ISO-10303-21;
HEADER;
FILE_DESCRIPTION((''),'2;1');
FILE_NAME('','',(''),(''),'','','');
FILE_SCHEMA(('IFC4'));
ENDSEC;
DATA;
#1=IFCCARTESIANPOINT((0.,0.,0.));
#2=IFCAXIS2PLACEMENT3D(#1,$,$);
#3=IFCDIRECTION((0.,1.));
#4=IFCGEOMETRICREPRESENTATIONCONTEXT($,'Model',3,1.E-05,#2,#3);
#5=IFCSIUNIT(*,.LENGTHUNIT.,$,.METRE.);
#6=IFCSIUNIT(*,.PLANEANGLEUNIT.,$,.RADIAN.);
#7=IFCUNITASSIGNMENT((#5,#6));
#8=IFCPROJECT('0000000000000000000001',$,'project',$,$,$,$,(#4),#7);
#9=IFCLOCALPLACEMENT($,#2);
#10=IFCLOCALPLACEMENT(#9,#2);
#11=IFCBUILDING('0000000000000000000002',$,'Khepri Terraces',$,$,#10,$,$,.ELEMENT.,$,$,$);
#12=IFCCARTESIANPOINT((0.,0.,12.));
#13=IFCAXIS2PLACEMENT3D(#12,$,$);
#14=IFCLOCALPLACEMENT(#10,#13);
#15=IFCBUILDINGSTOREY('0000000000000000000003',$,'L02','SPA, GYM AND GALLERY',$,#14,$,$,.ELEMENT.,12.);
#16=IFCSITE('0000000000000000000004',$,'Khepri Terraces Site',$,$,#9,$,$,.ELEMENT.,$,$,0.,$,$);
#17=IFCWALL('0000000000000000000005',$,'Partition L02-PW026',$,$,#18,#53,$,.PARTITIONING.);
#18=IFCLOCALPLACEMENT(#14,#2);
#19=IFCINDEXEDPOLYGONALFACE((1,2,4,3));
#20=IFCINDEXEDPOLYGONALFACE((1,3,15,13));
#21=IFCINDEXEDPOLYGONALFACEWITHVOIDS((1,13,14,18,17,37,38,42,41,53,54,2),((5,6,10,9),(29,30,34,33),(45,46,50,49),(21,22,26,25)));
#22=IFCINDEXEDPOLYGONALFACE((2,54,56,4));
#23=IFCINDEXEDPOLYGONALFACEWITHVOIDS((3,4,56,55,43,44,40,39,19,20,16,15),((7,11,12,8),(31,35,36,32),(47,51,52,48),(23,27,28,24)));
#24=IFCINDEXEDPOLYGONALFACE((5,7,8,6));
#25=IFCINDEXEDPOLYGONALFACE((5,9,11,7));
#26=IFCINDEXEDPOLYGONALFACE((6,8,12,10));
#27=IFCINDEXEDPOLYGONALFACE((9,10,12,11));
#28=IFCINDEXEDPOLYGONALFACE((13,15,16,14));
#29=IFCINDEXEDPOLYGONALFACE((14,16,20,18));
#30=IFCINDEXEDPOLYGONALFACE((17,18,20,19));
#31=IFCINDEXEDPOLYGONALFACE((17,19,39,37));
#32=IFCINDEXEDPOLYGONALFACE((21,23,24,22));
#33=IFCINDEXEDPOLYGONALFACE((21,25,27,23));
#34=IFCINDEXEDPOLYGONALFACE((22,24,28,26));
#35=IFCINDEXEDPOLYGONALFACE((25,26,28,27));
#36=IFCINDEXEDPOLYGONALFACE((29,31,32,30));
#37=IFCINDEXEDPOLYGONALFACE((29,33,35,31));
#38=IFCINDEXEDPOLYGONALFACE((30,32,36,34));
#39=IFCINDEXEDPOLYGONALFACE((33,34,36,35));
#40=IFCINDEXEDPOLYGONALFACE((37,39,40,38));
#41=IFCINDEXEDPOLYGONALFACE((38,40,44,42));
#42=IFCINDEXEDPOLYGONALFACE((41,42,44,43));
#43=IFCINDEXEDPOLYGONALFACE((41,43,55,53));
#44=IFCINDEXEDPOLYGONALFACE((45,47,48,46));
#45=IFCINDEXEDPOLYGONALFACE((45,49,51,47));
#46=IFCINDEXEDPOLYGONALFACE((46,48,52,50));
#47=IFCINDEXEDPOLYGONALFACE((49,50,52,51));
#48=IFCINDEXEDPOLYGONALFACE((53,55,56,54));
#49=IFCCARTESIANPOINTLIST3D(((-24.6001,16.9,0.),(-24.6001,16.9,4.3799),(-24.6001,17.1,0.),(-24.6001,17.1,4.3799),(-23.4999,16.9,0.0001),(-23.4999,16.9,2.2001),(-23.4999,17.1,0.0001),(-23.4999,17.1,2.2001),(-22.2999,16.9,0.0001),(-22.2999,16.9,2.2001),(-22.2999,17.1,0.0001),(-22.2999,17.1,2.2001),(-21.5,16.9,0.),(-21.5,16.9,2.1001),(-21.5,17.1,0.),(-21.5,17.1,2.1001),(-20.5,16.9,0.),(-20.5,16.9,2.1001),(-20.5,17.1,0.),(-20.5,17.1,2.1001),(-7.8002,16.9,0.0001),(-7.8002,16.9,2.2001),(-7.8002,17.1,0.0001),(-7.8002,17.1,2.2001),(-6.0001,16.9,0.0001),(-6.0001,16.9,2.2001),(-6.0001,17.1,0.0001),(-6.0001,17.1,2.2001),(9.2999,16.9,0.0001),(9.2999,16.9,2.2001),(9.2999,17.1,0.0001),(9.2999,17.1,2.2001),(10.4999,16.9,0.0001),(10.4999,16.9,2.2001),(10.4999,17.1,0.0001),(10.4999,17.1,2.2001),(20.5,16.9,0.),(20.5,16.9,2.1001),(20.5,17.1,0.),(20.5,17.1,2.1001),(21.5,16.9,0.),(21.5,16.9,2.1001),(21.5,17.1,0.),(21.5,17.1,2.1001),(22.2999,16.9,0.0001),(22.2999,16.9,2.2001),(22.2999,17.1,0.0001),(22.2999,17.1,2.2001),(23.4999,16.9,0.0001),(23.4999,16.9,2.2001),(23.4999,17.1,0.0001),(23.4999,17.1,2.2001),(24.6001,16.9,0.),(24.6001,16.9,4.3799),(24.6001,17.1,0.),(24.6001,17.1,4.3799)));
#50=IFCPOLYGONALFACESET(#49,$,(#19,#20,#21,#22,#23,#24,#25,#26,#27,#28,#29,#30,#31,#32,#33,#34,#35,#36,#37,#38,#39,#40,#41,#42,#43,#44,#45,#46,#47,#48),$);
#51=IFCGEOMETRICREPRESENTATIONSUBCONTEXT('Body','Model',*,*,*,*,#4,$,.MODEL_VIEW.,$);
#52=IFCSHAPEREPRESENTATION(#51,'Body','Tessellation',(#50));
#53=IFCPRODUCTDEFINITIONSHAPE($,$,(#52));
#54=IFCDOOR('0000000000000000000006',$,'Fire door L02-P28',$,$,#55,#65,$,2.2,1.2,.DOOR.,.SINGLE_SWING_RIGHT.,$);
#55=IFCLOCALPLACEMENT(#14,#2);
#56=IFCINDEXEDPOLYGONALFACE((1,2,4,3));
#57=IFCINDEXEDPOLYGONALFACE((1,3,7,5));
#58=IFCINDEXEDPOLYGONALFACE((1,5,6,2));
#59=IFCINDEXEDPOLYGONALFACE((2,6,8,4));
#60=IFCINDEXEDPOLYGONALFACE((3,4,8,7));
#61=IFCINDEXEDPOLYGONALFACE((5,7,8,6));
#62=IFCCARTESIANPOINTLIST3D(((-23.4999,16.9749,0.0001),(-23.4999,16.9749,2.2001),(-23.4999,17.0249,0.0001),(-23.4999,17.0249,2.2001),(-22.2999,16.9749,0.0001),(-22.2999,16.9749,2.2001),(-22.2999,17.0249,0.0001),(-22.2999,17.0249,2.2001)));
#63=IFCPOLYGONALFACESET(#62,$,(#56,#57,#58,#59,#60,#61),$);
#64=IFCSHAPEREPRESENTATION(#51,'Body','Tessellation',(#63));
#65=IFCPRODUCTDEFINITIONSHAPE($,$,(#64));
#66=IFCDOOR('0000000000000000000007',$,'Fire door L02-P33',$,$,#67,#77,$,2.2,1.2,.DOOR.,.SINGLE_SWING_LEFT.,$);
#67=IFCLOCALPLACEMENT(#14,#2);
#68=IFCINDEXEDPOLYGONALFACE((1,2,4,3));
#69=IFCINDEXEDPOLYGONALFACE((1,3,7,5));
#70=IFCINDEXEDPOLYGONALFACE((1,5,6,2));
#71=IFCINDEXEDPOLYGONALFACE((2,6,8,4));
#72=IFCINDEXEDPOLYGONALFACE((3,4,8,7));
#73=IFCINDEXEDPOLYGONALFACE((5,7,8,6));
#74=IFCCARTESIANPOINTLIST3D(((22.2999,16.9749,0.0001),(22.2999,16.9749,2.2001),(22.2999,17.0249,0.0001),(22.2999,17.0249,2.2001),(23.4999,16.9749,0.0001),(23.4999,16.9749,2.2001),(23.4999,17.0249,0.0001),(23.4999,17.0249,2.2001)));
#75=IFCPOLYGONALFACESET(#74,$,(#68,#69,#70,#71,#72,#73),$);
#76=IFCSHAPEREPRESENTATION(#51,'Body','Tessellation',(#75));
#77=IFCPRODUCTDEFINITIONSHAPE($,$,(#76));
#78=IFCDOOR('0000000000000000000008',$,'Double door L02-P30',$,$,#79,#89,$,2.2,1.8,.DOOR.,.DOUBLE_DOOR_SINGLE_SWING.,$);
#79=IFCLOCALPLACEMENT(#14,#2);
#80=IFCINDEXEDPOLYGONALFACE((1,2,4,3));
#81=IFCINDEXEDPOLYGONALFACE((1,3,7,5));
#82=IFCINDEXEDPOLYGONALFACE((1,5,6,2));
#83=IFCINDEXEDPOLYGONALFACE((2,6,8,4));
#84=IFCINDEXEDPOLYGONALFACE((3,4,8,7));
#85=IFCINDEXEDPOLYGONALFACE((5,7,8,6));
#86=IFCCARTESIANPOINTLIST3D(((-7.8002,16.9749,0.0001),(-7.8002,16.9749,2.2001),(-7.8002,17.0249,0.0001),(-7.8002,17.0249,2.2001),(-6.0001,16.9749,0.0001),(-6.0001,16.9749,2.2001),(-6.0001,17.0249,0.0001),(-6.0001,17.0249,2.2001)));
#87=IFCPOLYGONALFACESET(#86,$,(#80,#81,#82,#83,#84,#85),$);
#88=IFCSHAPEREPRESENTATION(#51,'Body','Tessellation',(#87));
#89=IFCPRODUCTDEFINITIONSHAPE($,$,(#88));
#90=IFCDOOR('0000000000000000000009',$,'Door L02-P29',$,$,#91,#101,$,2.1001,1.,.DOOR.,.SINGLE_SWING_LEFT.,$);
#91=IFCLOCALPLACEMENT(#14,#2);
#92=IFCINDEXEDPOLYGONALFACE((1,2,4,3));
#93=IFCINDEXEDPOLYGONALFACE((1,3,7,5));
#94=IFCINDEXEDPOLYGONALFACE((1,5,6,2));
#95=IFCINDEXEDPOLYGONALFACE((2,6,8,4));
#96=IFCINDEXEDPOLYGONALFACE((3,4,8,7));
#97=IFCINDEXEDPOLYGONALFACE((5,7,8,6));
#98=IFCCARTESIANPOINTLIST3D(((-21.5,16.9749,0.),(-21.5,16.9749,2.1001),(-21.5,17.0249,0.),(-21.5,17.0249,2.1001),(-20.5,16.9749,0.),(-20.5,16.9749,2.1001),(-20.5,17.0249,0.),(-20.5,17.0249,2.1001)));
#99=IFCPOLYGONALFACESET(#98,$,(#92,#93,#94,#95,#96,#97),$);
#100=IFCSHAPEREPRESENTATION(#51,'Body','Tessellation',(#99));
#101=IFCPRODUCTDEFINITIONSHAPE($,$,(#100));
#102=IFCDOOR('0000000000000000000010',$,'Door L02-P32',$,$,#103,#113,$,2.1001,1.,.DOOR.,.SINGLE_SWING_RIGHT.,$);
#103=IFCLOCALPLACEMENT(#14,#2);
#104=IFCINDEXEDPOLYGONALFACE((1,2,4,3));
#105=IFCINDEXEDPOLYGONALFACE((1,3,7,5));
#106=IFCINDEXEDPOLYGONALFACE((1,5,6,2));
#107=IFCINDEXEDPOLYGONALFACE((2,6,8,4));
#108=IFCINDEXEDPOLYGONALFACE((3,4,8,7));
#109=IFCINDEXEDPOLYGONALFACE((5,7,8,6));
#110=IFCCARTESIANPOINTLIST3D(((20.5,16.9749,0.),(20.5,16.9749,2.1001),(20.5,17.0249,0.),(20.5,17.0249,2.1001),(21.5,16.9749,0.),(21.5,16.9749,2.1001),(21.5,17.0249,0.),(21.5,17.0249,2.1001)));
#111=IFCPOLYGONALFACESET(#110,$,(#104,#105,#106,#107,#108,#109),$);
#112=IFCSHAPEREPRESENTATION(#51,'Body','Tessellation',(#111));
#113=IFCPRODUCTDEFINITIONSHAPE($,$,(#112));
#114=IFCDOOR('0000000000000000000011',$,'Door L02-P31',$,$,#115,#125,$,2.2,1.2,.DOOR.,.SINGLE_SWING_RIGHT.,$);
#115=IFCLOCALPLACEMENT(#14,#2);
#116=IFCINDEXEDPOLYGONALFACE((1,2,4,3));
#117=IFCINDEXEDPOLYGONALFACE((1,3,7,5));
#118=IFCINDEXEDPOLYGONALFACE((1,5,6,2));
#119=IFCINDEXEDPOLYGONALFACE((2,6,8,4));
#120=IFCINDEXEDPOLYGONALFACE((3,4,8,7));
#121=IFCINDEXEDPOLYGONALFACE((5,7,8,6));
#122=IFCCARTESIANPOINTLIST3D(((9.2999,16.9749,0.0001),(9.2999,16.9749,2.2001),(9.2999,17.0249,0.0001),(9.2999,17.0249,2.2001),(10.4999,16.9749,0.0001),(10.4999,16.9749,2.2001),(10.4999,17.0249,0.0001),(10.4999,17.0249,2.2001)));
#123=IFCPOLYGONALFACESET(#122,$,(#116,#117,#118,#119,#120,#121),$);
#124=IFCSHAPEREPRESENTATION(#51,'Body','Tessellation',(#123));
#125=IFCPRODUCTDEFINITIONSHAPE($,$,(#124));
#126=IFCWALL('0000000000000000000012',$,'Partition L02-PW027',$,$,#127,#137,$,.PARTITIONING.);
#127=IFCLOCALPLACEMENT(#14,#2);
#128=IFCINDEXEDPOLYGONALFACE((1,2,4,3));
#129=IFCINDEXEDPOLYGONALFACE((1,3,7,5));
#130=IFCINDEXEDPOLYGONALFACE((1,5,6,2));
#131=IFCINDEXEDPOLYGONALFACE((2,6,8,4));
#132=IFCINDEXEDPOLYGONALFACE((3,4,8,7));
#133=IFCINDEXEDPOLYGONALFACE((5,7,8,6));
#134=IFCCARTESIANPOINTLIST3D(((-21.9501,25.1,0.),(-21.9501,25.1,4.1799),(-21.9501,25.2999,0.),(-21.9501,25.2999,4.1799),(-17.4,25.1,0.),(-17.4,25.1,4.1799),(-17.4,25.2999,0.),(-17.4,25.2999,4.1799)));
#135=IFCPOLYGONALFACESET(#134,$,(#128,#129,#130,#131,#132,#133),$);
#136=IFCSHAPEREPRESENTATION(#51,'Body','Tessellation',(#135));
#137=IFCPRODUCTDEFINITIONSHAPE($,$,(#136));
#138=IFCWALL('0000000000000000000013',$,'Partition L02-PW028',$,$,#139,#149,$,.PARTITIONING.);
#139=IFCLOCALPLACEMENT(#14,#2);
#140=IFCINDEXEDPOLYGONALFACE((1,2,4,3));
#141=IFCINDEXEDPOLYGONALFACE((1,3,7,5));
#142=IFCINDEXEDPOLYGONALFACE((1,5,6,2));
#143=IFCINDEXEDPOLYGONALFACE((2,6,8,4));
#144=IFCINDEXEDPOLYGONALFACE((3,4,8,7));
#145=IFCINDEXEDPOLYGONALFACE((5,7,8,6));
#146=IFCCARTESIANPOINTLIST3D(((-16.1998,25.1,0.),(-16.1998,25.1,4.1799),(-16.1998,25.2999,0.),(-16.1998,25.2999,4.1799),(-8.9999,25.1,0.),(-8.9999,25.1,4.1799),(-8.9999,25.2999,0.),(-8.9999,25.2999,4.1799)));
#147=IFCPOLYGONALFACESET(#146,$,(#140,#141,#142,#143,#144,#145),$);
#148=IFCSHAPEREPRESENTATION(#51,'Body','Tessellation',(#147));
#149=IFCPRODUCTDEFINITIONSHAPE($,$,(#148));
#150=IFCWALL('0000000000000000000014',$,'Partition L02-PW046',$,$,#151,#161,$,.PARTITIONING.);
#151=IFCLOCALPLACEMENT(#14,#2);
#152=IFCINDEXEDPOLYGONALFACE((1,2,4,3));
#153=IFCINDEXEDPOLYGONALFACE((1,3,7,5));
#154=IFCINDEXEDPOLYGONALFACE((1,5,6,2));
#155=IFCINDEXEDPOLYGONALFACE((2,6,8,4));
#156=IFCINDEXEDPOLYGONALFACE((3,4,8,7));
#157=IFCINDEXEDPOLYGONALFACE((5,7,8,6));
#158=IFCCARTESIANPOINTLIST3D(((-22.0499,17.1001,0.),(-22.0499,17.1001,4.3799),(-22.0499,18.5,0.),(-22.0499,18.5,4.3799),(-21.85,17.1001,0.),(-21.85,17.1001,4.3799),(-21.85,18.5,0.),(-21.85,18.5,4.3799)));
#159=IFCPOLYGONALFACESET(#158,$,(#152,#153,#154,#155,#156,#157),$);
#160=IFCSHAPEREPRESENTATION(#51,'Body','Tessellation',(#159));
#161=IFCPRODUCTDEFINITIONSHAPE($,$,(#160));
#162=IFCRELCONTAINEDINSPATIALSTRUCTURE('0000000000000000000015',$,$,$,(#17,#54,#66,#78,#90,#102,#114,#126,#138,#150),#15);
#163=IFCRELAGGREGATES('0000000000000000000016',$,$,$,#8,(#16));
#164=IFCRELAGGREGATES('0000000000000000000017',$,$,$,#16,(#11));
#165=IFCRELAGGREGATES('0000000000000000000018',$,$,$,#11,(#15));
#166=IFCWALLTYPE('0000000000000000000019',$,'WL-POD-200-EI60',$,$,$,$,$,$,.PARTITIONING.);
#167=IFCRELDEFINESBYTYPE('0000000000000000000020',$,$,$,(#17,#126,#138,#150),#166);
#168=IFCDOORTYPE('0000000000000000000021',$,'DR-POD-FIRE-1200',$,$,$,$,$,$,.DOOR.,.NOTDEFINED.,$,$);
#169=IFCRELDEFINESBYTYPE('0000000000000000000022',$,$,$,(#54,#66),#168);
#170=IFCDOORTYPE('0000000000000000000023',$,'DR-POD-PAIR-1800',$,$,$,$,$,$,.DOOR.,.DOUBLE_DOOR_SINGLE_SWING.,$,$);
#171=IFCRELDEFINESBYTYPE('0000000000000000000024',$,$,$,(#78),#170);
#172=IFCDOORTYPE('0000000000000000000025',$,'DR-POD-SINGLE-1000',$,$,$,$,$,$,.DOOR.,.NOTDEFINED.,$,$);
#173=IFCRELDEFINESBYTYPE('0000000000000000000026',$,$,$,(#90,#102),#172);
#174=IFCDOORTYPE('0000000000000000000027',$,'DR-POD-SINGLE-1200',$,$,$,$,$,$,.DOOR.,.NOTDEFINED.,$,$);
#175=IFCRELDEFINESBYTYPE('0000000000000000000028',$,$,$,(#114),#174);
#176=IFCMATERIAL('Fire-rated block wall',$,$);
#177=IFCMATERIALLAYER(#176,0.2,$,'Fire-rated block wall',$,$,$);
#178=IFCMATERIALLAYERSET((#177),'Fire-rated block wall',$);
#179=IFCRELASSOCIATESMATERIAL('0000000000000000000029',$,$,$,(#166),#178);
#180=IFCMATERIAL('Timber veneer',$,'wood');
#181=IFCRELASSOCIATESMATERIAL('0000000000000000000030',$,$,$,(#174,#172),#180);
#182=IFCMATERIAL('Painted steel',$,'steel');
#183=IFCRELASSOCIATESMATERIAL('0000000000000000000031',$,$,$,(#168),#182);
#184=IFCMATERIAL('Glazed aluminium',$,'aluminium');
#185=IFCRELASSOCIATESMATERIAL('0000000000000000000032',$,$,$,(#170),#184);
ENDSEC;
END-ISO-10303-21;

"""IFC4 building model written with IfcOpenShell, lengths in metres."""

from ifc_helpers import new_model, si_unit, direction, frame, frame_2d, origin, place, context, subcontext, project, spatial, rectangle, extrude, material, layer, layer_set, type_object, element, fill, save


model = new_model("IFC4")

# Units and contexts
model_context = context("Model", 3, precision=1e-05, world=origin(), true_north=direction((0.0, 1.0)))
body_context = subcontext(model_context, "Body", "Model", "MODEL_VIEW")
ifc_project = project(units=[si_unit("LENGTHUNIT", "METRE"), si_unit("PLANEANGLEUNIT", "RADIAN")], contexts=[model_context])

# Site, building, storey
site_placement = place(None, origin())
site = spatial("IfcSite", under=ifc_project, at=site_placement, Name="Khepri Terraces Site", CompositionType="ELEMENT", RefElevation=0.0)
building_placement = place(site_placement, origin())
building = spatial("IfcBuilding", under=site, at=building_placement, Name="Khepri Terraces", CompositionType="ELEMENT")
storey_placement = place(building_placement, frame((0.0, 0.0, 12.0)))
storey = spatial("IfcBuildingStorey", under=building, at=storey_placement, Name="L02", Description="SPA, GYM AND GALLERY", CompositionType="ELEMENT", Elevation=12.0)

# Shared definitions
ifc_material_1 = material(Name="Fire-rated block wall")
ifc_layer_1 = layer(ifc_material_1, 0.2, Name="Fire-rated block wall")
ifc_layer_set_1 = layer_set([ifc_layer_1], Name="Fire-rated block wall")
wall_type_1 = type_object("IfcWallType", Name="WL-POD-200-EI60", PredefinedType="PARTITIONING", material=ifc_layer_set_1)
ifc_material_2 = material(Name="Timber veneer", Category="wood")
door_type_1 = type_object("IfcDoorType", Name="DR-POD-SINGLE-1200", OperationType="NOTDEFINED", PredefinedType="DOOR", material=ifc_material_2)

# Wall, openings, doors
wall_1_placement = place(storey_placement, frame((-24.6001, 17.0, 0.0), z_axis=(0.0, 0.0, 1.0), x_axis=(1.0, 0.0, 0.0)))
wall_1 = element("IfcWall", 1, at=wall_1_placement, inside=storey, type_object=wall_type_1, Name="Partition L02-PW026", PredefinedType="PARTITIONING", context=body_context, shape_type="SweptSolid", body=[
    extrude(rectangle(XDim=49.2002, YDim=0.2, at=frame_2d((24.6001, 0.0))), origin(), (0.0, 0.0, 1.0), 4.3799),
])
opening_1_placement = place(wall_1_placement, frame((1.1001, 0.0, 0.0)))
opening_1 = element("IfcOpeningElement", 2, at=opening_1_placement, cuts=wall_1, PredefinedType="OPENING", context=body_context, shape_type="SweptSolid", body=[
    extrude(rectangle(XDim=1.2, YDim=2.2, at=frame_2d((0.6001, 1.1001))), frame((0.0, 0.1099, 0.0), z_axis=(0.0, -1.0, 0.0), x_axis=(1.0, 0.0, 0.0)), (0.0, 0.0, 1.0), 0.22),
])
opening_2_placement = place(wall_1_placement, frame((3.1001, 0.0, 0.0)))
opening_2 = element("IfcOpeningElement", 3, at=opening_2_placement, cuts=wall_1, PredefinedType="OPENING", context=body_context, shape_type="SweptSolid", body=[
    extrude(rectangle(XDim=1.0, YDim=2.1001, at=frame_2d((0.5, 1.05))), frame((0.0, 0.1099, 0.0), z_axis=(0.0, -1.0, 0.0), x_axis=(1.0, 0.0, 0.0)), (0.0, 0.0, 1.0), 0.22),
])
opening_3_placement = place(wall_1_placement, frame((16.8, 0.0, 0.0)))
opening_3 = element("IfcOpeningElement", 4, at=opening_3_placement, cuts=wall_1, PredefinedType="OPENING", context=body_context, shape_type="SweptSolid", body=[
    extrude(rectangle(XDim=1.8, YDim=2.2, at=frame_2d((0.8999, 1.1001))), frame((0.0, 0.1099, 0.0), z_axis=(0.0, -1.0, 0.0), x_axis=(1.0, 0.0, 0.0)), (0.0, 0.0, 1.0), 0.22),
])
opening_4_placement = place(wall_1_placement, frame((33.8999, 0.0, 0.0)))
opening_4 = element("IfcOpeningElement", 5, at=opening_4_placement, cuts=wall_1, PredefinedType="OPENING", context=body_context, shape_type="SweptSolid", body=[
    extrude(rectangle(XDim=1.2, YDim=2.2, at=frame_2d((0.6001, 1.1001))), frame((0.0, 0.1099, 0.0), z_axis=(0.0, -1.0, 0.0), x_axis=(1.0, 0.0, 0.0)), (0.0, 0.0, 1.0), 0.22),
])
opening_5_placement = place(wall_1_placement, frame((45.1001, 0.0, 0.0)))
opening_5 = element("IfcOpeningElement", 6, at=opening_5_placement, cuts=wall_1, PredefinedType="OPENING", context=body_context, shape_type="SweptSolid", body=[
    extrude(rectangle(XDim=1.0, YDim=2.1001, at=frame_2d((0.5, 1.05))), frame((0.0, 0.1099, 0.0), z_axis=(0.0, -1.0, 0.0), x_axis=(1.0, 0.0, 0.0)), (0.0, 0.0, 1.0), 0.22),
])
opening_6_placement = place(wall_1_placement, frame((46.8999, 0.0, 0.0)))
opening_6 = element("IfcOpeningElement", 7, at=opening_6_placement, cuts=wall_1, PredefinedType="OPENING", context=body_context, shape_type="SweptSolid", body=[
    extrude(rectangle(XDim=1.2, YDim=2.2, at=frame_2d((0.6001, 1.1001))), frame((0.0, 0.1099, 0.0), z_axis=(0.0, -1.0, 0.0), x_axis=(1.0, 0.0, 0.0)), (0.0, 0.0, 1.0), 0.22),
])
ifc_material_3 = material(Name="Painted steel", Category="steel")
door_type_2 = type_object("IfcDoorType", Name="DR-POD-FIRE-1200", OperationType="NOTDEFINED", PredefinedType="DOOR", material=ifc_material_3)
door_1_placement = place(opening_1_placement, origin())
door_1 = element("IfcDoor", 8, at=door_1_placement, inside=storey, type_object=door_type_2, Name="Fire door L02-P28", OperationType="SINGLE_SWING_RIGHT", OverallHeight=2.2, OverallWidth=1.2, PredefinedType="DOOR", context=body_context, shape_type="SweptSolid", body=[
    extrude(rectangle(XDim=1.2, YDim=2.2, at=frame_2d((0.6001, 1.1001))), frame((0.0, 0.0249, 0.0), z_axis=(0.0, -1.0, 0.0), x_axis=(1.0, 0.0, 0.0)), (0.0, 0.0, 1.0), 0.05),
])
fill(opening_1, door_1)
door_2_placement = place(opening_6_placement, origin())
door_2 = element("IfcDoor", 9, at=door_2_placement, inside=storey, type_object=door_type_2, Name="Fire door L02-P33", OperationType="SINGLE_SWING_LEFT", OverallHeight=2.2, OverallWidth=1.2, PredefinedType="DOOR", context=body_context, shape_type="SweptSolid", body=[
    extrude(rectangle(XDim=1.2, YDim=2.2, at=frame_2d((0.6001, 1.1001))), frame((0.0, 0.0249, 0.0), z_axis=(0.0, -1.0, 0.0), x_axis=(1.0, 0.0, 0.0)), (0.0, 0.0, 1.0), 0.05),
])
fill(opening_6, door_2)
ifc_material_4 = material(Name="Glazed aluminium", Category="aluminium")
door_type_3 = type_object("IfcDoorType", Name="DR-POD-PAIR-1800", OperationType="DOUBLE_DOOR_SINGLE_SWING", PredefinedType="DOOR", material=ifc_material_4)
door_3_placement = place(opening_3_placement, origin())
door_3 = element("IfcDoor", 10, at=door_3_placement, inside=storey, type_object=door_type_3, Name="Double door L02-P30", OperationType="DOUBLE_DOOR_SINGLE_SWING", OverallHeight=2.2, OverallWidth=1.8, PredefinedType="DOOR", context=body_context, shape_type="SweptSolid", body=[
    extrude(rectangle(XDim=1.8, YDim=2.2, at=frame_2d((0.8999, 1.1001))), frame((0.0, 0.0249, 0.0), z_axis=(0.0, -1.0, 0.0), x_axis=(1.0, 0.0, 0.0)), (0.0, 0.0, 1.0), 0.05),
])
fill(opening_3, door_3)
door_type_4 = type_object("IfcDoorType", Name="DR-POD-SINGLE-1000", OperationType="NOTDEFINED", PredefinedType="DOOR", material=ifc_material_2)
door_4_placement = place(opening_2_placement, origin())
door_4 = element("IfcDoor", 11, at=door_4_placement, inside=storey, type_object=door_type_4, Name="Door L02-P29", OperationType="SINGLE_SWING_LEFT", OverallHeight=2.1001, OverallWidth=1.0, PredefinedType="DOOR", context=body_context, shape_type="SweptSolid", body=[
    extrude(rectangle(XDim=1.0, YDim=2.1001, at=frame_2d((0.5, 1.05))), frame((0.0, 0.0249, 0.0), z_axis=(0.0, -1.0, 0.0), x_axis=(1.0, 0.0, 0.0)), (0.0, 0.0, 1.0), 0.05),
])
fill(opening_2, door_4)
door_5_placement = place(opening_5_placement, origin())
door_5 = element("IfcDoor", 12, at=door_5_placement, inside=storey, type_object=door_type_4, Name="Door L02-P32", OperationType="SINGLE_SWING_RIGHT", OverallHeight=2.1001, OverallWidth=1.0, PredefinedType="DOOR", context=body_context, shape_type="SweptSolid", body=[
    extrude(rectangle(XDim=1.0, YDim=2.1001, at=frame_2d((0.5, 1.05))), frame((0.0, 0.0249, 0.0), z_axis=(0.0, -1.0, 0.0), x_axis=(1.0, 0.0, 0.0)), (0.0, 0.0, 1.0), 0.05),
])
fill(opening_5, door_5)
door_6_placement = place(opening_4_placement, origin())
door_6 = element("IfcDoor", 13, at=door_6_placement, inside=storey, type_object=door_type_1, Name="Door L02-P31", OperationType="SINGLE_SWING_RIGHT", OverallHeight=2.2, OverallWidth=1.2, PredefinedType="DOOR", context=body_context, shape_type="SweptSolid", body=[
    extrude(rectangle(XDim=1.2, YDim=2.2, at=frame_2d((0.6001, 1.1001))), frame((0.0, 0.0249, 0.0), z_axis=(0.0, -1.0, 0.0), x_axis=(1.0, 0.0, 0.0)), (0.0, 0.0, 1.0), 0.05),
])
fill(opening_4, door_6)

# Walls
wall_2_placement = place(storey_placement, frame((-21.95, 25.2, 0.0), z_axis=(0.0, 0.0, 1.0), x_axis=(1.0, 0.0, 0.0)))
element("IfcWall", 14, at=wall_2_placement, inside=storey, type_object=wall_type_1, Name="Partition L02-PW027", PredefinedType="PARTITIONING", context=body_context, shape_type="SweptSolid", body=[
    extrude(rectangle(XDim=4.55, YDim=0.2, at=frame_2d((2.2749, 0.0))), origin(), (0.0, 0.0, 1.0), 4.1799),
])
wall_3_placement = place(storey_placement, frame((-16.2, 25.2, 0.0), z_axis=(0.0, 0.0, 1.0), x_axis=(1.0, 0.0, 0.0)))
element("IfcWall", 15, at=wall_3_placement, inside=storey, type_object=wall_type_1, Name="Partition L02-PW028", PredefinedType="PARTITIONING", context=body_context, shape_type="SweptSolid", body=[
    extrude(rectangle(XDim=7.2, YDim=0.2, at=frame_2d((3.6001, 0.0))), origin(), (0.0, 0.0, 1.0), 4.1799),
])
wall_4_placement = place(storey_placement, frame((-21.95, 17.1001, 0.0), z_axis=(0.0, 0.0, 1.0), x_axis=(0.0, 1.0, 0.0)))
element("IfcWall", 16, at=wall_4_placement, inside=storey, type_object=wall_type_1, Name="Partition L02-PW046", PredefinedType="PARTITIONING", context=body_context, shape_type="SweptSolid", body=[
    extrude(rectangle(XDim=1.3999, YDim=0.2, at=frame_2d((0.7, 0.0))), origin(), (0.0, 0.0, 1.0), 4.3799),
])

save(model, "model.ifc")
